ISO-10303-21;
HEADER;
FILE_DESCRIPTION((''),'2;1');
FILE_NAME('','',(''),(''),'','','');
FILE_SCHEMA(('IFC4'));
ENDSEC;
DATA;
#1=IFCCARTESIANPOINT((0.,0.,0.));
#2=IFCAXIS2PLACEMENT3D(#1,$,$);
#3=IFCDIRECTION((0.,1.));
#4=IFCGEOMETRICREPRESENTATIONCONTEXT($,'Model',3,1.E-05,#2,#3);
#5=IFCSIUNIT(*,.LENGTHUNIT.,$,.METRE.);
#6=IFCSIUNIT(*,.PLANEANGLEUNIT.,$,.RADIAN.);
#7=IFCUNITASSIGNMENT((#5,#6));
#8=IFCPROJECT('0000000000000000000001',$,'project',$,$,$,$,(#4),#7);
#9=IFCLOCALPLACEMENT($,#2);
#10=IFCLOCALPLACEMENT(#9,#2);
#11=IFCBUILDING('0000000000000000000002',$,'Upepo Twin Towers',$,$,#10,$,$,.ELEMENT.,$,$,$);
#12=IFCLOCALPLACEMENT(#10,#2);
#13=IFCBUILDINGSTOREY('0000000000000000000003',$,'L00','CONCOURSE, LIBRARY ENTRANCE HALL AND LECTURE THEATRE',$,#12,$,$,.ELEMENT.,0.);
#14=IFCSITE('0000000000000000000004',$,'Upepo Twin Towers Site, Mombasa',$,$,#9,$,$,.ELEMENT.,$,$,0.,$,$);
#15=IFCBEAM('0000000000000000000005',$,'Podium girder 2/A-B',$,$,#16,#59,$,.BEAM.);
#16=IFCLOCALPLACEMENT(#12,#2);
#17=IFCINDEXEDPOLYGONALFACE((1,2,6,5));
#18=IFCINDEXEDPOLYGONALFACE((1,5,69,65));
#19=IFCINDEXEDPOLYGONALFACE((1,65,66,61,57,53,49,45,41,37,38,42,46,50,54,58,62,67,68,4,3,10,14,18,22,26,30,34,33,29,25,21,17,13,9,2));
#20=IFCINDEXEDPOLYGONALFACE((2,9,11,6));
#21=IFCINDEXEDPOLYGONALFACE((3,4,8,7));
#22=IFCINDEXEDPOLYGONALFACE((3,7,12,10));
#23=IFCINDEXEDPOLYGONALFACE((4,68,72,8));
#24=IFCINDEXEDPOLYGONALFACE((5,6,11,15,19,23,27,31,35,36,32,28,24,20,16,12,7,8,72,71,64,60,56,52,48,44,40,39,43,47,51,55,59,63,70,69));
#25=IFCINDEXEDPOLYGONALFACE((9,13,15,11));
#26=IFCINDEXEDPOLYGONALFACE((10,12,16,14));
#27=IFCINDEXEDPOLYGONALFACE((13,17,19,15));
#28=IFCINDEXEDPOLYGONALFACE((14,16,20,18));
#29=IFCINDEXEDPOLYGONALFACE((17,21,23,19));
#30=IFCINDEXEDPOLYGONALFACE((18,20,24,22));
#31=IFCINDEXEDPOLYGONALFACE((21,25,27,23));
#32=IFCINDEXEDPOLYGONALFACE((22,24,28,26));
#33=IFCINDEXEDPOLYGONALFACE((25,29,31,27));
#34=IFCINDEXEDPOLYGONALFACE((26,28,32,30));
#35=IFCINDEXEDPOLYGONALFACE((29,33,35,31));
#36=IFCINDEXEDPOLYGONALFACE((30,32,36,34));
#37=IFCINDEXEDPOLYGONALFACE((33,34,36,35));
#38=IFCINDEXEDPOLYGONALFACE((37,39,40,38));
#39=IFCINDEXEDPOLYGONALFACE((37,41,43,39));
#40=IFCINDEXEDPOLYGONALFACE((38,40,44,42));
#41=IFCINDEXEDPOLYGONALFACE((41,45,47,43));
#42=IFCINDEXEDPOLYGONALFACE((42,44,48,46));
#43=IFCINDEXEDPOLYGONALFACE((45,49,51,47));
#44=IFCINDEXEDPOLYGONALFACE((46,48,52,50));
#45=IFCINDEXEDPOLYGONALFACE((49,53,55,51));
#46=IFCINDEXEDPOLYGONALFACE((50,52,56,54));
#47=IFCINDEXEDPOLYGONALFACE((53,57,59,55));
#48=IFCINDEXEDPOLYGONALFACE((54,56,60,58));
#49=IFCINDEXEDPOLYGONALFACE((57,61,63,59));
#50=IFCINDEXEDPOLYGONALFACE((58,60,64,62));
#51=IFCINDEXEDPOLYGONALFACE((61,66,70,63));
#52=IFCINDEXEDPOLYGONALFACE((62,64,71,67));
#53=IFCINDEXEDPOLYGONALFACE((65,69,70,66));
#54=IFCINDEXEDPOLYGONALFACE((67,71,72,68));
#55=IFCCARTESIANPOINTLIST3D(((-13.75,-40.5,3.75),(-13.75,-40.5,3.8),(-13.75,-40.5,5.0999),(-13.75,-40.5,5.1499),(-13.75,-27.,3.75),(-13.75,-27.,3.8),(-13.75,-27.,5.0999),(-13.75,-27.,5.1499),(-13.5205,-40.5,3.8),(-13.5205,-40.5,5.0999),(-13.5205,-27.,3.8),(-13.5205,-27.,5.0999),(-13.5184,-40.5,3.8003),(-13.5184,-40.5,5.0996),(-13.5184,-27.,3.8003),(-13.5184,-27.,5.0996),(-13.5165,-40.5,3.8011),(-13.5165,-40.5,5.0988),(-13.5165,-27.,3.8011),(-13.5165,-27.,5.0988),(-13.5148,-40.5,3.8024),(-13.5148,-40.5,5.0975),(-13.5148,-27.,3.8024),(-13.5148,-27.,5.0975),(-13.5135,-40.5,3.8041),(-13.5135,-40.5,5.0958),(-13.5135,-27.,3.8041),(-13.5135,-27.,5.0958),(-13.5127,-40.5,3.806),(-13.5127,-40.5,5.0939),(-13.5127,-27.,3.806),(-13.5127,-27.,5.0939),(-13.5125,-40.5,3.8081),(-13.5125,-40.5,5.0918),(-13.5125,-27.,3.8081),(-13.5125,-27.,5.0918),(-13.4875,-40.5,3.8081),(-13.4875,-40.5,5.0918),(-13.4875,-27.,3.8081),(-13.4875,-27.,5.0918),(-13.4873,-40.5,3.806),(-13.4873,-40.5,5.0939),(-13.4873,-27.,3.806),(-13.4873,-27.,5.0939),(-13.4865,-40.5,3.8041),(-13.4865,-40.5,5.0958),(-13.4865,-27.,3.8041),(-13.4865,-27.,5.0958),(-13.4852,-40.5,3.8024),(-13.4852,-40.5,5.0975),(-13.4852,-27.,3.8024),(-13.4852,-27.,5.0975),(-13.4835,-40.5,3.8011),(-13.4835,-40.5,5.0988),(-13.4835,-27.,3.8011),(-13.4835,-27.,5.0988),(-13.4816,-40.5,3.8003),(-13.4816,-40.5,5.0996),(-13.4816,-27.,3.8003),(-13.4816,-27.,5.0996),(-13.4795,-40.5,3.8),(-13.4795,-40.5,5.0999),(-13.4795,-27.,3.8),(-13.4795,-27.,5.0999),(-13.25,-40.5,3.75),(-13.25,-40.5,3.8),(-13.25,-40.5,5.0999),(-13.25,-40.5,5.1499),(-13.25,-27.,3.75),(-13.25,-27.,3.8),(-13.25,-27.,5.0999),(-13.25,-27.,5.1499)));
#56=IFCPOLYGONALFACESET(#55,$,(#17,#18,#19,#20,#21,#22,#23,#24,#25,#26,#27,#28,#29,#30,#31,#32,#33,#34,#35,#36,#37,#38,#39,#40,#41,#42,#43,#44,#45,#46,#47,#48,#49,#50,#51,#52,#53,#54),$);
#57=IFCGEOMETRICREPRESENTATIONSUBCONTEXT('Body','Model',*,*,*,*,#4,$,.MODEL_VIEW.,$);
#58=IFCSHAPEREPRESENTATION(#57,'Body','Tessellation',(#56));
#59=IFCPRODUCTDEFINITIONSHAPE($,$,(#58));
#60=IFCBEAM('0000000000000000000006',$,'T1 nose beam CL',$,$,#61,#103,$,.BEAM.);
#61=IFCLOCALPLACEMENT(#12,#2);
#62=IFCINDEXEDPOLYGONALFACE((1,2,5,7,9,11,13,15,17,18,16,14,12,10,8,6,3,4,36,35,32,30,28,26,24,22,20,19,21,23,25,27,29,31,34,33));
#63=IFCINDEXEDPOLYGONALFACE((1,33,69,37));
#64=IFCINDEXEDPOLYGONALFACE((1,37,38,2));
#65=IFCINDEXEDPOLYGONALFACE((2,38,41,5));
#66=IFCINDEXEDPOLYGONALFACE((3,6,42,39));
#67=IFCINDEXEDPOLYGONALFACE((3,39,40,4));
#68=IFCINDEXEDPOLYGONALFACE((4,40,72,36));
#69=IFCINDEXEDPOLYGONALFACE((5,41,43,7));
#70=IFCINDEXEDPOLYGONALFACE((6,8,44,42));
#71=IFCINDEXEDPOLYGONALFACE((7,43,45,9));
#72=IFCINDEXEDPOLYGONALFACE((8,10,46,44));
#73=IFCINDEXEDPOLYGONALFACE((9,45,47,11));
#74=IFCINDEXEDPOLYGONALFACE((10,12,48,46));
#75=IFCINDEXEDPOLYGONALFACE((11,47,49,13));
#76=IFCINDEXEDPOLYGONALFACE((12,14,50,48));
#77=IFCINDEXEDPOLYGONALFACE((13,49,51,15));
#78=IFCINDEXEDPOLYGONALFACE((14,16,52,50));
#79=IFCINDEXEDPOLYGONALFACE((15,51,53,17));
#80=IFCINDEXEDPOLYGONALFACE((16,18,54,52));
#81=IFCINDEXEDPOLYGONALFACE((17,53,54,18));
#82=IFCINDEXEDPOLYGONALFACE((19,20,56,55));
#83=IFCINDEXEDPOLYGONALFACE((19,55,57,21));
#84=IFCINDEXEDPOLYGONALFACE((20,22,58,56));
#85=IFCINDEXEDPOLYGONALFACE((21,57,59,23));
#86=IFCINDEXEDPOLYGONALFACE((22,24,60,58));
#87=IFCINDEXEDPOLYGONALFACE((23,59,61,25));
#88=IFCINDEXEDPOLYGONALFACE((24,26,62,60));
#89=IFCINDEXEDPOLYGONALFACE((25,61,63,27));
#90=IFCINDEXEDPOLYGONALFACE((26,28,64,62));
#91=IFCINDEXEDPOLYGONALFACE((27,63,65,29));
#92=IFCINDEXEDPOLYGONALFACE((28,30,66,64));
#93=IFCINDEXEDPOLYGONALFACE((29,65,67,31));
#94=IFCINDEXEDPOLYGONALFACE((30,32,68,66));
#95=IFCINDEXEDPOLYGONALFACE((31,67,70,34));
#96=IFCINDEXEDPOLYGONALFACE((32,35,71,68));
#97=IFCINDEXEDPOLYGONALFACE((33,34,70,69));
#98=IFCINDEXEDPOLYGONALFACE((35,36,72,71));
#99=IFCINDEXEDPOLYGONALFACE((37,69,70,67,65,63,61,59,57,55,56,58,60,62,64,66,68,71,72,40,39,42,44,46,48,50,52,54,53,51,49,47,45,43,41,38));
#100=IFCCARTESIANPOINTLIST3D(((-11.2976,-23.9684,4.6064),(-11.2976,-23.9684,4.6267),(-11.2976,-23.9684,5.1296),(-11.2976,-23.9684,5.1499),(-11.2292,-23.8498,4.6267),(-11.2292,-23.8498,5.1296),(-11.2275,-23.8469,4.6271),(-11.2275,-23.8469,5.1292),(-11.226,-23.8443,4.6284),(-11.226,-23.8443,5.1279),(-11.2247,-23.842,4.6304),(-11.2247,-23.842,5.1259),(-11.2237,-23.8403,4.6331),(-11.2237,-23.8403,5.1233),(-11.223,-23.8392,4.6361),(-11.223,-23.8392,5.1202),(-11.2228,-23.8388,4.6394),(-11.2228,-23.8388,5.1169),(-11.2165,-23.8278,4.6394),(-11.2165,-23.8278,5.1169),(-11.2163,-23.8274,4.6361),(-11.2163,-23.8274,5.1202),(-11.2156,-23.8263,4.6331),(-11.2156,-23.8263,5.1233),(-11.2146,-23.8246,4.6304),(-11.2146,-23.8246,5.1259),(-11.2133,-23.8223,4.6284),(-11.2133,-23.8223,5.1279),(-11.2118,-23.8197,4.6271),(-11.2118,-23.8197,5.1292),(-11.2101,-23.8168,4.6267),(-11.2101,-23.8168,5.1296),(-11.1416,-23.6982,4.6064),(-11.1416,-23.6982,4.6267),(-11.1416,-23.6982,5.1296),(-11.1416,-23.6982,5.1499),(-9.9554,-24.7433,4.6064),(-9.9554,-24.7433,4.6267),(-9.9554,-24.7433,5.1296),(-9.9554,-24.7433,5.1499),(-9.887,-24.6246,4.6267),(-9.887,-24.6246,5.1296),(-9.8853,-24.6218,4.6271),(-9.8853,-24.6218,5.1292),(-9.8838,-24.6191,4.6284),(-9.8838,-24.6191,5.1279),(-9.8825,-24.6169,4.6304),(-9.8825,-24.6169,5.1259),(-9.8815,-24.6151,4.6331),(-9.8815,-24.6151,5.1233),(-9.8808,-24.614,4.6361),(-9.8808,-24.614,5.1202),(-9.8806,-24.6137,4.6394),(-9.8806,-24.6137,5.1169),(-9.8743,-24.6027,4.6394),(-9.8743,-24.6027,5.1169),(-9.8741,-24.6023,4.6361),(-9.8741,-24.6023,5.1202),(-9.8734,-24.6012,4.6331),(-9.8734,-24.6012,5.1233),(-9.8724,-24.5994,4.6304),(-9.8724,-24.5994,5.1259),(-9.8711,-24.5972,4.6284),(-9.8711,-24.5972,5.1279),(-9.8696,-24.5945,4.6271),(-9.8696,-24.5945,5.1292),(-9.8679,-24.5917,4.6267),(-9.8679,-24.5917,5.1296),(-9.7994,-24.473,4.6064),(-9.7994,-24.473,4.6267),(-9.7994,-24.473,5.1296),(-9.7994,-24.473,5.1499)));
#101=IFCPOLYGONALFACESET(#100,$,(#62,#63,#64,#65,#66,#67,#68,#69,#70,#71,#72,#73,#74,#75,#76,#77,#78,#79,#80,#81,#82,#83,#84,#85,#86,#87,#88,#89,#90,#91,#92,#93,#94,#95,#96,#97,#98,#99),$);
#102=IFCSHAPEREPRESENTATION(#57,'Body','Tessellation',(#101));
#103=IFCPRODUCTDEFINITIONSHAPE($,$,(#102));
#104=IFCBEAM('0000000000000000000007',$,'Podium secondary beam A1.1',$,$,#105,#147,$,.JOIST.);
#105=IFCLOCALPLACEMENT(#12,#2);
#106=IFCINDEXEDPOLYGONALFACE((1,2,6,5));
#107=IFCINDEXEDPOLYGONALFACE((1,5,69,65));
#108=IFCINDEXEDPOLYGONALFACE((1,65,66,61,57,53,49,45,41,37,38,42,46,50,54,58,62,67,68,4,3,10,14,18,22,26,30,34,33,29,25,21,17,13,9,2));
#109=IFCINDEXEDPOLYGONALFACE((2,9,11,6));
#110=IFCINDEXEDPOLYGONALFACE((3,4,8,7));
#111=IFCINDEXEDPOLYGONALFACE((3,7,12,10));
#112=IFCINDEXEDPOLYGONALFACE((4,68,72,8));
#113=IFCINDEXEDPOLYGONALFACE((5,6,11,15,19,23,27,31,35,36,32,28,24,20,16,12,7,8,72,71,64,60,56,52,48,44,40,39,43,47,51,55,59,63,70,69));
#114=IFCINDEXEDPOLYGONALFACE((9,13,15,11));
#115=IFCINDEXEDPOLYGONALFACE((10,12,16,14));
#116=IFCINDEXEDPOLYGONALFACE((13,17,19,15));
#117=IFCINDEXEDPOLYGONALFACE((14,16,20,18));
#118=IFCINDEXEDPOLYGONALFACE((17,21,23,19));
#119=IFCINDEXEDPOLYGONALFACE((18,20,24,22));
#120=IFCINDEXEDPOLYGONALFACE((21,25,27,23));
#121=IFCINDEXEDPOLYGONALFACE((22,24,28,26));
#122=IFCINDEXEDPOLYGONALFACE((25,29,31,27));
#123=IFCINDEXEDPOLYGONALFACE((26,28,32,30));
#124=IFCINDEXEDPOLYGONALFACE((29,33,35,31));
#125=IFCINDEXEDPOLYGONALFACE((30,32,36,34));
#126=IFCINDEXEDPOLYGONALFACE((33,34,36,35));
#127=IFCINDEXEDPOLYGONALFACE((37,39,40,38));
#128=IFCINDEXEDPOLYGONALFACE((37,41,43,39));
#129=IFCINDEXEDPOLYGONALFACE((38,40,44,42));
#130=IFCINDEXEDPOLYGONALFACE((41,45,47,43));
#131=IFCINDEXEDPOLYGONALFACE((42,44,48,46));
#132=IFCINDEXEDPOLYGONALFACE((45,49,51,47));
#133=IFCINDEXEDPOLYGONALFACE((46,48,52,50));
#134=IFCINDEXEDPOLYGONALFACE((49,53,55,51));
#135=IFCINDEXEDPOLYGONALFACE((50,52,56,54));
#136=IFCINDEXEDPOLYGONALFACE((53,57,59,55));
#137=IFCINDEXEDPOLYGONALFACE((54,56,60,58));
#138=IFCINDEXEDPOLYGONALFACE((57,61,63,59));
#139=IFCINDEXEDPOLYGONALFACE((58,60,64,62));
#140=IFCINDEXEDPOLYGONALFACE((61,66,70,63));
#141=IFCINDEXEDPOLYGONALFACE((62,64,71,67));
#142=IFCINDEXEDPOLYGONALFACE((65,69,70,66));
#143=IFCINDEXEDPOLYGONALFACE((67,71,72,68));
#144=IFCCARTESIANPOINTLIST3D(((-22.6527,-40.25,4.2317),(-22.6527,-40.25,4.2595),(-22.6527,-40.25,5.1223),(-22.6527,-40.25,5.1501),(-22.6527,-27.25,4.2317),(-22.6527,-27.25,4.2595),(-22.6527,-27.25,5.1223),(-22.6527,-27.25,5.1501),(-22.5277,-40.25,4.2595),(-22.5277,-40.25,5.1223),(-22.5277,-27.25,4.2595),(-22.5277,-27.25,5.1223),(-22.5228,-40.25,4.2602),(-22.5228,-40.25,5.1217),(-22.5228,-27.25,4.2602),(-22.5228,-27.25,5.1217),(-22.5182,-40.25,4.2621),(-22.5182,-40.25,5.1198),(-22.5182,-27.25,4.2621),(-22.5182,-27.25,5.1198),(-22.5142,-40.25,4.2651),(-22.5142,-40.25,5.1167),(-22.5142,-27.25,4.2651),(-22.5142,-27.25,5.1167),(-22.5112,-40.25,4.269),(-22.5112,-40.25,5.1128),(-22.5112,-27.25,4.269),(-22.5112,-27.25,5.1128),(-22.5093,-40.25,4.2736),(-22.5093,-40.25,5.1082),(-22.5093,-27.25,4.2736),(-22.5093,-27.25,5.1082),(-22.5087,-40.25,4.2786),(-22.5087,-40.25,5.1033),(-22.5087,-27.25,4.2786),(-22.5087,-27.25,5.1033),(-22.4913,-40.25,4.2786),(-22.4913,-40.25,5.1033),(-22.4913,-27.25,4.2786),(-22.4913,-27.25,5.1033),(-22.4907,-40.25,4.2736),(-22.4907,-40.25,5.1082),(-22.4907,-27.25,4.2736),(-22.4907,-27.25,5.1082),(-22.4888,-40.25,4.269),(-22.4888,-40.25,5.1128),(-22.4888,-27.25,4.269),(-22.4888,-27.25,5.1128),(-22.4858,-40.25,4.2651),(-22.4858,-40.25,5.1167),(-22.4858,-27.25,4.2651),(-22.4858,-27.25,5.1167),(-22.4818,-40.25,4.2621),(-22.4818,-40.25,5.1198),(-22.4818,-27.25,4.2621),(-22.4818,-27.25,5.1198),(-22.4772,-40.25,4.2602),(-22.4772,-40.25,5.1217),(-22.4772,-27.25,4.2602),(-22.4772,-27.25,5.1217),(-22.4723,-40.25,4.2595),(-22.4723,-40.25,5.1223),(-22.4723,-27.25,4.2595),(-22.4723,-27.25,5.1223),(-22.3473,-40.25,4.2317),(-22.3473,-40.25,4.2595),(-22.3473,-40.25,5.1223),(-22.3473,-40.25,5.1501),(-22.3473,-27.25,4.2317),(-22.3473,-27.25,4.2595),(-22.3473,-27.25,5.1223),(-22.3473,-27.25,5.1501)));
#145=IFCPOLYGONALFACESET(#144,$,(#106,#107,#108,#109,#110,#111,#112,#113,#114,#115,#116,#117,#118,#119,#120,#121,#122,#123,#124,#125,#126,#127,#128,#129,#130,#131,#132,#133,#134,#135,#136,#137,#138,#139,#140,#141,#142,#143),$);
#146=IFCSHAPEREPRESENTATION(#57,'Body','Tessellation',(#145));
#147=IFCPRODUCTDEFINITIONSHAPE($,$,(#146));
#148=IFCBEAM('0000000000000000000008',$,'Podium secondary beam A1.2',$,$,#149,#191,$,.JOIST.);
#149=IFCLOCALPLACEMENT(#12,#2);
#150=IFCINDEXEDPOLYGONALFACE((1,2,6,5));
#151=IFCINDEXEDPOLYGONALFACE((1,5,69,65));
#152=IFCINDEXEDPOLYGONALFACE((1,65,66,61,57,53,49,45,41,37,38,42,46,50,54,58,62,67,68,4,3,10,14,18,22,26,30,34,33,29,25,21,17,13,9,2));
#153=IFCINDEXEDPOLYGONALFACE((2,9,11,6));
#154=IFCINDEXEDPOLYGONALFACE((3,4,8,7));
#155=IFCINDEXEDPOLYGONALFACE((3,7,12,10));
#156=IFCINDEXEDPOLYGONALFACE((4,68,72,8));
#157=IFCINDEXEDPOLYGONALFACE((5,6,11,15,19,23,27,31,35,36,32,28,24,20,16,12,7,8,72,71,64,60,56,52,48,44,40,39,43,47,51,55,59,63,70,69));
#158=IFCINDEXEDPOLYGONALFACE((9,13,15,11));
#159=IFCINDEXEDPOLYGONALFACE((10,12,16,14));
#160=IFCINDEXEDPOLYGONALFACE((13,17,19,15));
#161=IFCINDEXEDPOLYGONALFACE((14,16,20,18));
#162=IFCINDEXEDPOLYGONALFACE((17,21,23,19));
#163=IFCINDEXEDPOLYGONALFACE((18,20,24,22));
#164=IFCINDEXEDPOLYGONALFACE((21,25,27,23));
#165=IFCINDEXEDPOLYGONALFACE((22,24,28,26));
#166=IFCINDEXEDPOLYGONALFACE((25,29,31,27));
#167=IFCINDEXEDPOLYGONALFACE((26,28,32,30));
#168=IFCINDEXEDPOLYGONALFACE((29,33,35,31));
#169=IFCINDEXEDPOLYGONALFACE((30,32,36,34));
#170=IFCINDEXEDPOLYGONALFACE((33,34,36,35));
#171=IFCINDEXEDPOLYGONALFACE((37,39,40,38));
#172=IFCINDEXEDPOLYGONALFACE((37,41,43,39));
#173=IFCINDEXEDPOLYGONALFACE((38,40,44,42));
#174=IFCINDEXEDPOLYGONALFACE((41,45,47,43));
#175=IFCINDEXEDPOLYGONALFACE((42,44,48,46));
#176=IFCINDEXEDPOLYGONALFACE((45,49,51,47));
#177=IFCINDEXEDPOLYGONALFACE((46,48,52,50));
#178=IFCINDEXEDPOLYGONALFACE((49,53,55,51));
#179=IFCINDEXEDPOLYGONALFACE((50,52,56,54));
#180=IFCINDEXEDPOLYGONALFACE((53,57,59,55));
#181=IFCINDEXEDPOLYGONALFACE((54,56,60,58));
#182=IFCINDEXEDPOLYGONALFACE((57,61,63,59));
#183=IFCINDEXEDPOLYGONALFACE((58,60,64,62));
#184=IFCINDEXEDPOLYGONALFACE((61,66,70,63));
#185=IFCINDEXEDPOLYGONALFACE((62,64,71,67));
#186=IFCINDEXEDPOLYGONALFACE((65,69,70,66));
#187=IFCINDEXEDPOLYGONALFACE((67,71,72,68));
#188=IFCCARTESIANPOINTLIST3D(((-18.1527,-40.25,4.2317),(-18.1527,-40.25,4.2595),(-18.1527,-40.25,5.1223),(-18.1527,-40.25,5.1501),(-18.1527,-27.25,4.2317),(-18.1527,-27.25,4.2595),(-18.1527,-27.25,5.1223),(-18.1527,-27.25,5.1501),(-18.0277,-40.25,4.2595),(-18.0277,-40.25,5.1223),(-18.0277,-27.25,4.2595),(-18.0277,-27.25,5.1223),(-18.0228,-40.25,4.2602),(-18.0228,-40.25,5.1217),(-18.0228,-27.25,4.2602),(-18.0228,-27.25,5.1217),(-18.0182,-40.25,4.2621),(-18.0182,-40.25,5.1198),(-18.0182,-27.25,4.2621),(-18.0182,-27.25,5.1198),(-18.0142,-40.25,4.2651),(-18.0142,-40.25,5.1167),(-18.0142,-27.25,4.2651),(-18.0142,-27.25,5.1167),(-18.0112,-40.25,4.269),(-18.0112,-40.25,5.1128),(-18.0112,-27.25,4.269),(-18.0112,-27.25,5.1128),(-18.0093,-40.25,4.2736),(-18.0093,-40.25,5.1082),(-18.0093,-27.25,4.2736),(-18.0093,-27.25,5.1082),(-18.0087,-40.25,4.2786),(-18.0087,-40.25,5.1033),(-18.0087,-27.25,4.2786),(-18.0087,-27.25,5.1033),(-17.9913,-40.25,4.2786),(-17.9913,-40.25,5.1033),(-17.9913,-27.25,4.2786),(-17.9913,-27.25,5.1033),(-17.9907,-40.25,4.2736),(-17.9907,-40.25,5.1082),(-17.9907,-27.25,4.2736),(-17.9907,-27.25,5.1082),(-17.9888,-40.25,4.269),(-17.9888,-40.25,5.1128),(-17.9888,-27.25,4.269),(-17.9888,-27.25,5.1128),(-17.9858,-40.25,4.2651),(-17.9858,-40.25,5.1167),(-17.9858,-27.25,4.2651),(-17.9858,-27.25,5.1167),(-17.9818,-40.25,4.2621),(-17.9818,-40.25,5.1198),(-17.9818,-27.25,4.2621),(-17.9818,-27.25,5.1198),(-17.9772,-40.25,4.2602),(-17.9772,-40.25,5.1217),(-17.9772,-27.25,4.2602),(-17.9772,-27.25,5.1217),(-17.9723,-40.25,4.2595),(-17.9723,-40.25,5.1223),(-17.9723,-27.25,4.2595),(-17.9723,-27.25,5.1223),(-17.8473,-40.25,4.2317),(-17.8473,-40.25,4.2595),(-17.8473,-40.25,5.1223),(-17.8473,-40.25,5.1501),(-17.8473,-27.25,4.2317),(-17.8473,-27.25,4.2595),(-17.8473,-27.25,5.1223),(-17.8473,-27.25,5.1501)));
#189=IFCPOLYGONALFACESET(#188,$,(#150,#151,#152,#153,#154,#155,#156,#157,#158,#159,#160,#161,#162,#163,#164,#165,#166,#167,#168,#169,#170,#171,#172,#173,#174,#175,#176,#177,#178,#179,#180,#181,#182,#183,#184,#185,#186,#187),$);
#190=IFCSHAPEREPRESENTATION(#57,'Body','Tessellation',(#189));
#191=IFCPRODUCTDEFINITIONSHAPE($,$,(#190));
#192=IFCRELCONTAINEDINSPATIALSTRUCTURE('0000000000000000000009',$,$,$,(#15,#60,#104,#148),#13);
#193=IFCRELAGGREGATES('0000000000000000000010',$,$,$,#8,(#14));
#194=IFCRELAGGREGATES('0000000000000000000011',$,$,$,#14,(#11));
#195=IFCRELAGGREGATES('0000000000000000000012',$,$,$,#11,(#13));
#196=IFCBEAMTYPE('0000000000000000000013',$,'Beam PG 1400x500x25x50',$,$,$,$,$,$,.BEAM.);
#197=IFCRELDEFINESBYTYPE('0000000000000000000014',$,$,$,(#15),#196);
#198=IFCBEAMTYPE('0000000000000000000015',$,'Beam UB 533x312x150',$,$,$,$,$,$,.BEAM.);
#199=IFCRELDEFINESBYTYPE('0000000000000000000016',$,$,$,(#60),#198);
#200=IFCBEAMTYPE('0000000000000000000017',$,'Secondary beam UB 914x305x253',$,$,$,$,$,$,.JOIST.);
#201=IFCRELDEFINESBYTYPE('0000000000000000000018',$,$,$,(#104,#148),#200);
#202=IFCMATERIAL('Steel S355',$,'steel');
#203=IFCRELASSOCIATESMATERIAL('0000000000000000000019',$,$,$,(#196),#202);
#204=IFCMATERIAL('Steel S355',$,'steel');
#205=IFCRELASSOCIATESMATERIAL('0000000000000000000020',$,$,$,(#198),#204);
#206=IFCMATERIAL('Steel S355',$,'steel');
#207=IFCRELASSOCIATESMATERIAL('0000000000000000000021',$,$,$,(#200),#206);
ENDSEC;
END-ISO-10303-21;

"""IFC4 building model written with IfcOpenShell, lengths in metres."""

from ifc_helpers import new_model, si_unit, direction, frame, origin, origin_2d, place, context, subcontext, project, spatial, i_section, extrude, material, material_profile, profile_set, type_object, element, save


model = new_model("IFC4")

# Units and contexts
model_context = context("Model", 3, precision=1e-05, world=origin(), true_north=direction((0.0, 1.0)))
body_context = subcontext(model_context, "Body", "Model", "MODEL_VIEW")
ifc_project = project(units=[si_unit("LENGTHUNIT", "METRE"), si_unit("PLANEANGLEUNIT", "RADIAN")], contexts=[model_context])

# Site, building, storey
site_placement = place(None, origin())
site = spatial("IfcSite", under=ifc_project, at=site_placement, Name="Upepo Twin Towers Site, Mombasa", CompositionType="ELEMENT", RefElevation=0.0)
building_placement = place(site_placement, origin())
building = spatial("IfcBuilding", under=site, at=building_placement, Name="Upepo Twin Towers", CompositionType="ELEMENT")
storey_placement = place(building_placement, origin())
storey = spatial("IfcBuildingStorey", under=building, at=storey_placement, Name="L00", Description="CONCOURSE, LIBRARY ENTRANCE HALL AND LECTURE THEATRE", CompositionType="ELEMENT", Elevation=0.0)

# Beams
ifc_material_1 = material(Name="Steel S355", Category="steel")
ifc_material_profile_1 = material_profile(ifc_material_1, i_section(OverallWidth=0.5, OverallDepth=1.3999, WebThickness=0.0249, FlangeThickness=0.05, FilletRadius=0.0081, at=origin_2d()), Name="PG 1400x500x25x50")
ifc_profile_set_1 = profile_set([ifc_material_profile_1], Name="Steel S355")
beam_type_1 = type_object("IfcBeamType", Name="Beam PG 1400x500x25x50", PredefinedType="BEAM", material=ifc_profile_set_1)
for number, where, z_axis, x_axis, name in (
    (1, (-13.5, -40.5, 4.45), (0.0, 1.0, 0.0), (-1.0, 0.0, 0.0), "Podium girder 2/A-B"),
):
    element("IfcBeam", number, at=place(storey_placement, frame(where, z_axis=z_axis, x_axis=x_axis)), inside=storey, type_object=beam_type_1, Name=name, PredefinedType="BEAM", context=body_context, shape_type="SweptSolid", body=[
        extrude(i_section(OverallWidth=0.5, OverallDepth=1.3999, WebThickness=0.0249, FlangeThickness=0.05, FilletRadius=0.0081, at=origin_2d()), origin(), (0.0, 0.0, 1.0), 13.5),
    ])
ifc_material_2 = material(Name="Steel S355", Category="steel")
ifc_material_profile_2 = material_profile(ifc_material_2, i_section(OverallWidth=0.312, OverallDepth=0.5435, WebThickness=0.0127, FlangeThickness=0.0203, FilletRadius=0.0127, at=origin_2d()), Name="UB 533x312x150")
ifc_profile_set_2 = profile_set([ifc_material_profile_2], Name="Steel S355")
beam_type_2 = type_object("IfcBeamType", Name="Beam UB 533x312x150", PredefinedType="BEAM", material=ifc_profile_set_2)
beam_placement = place(storey_placement, frame((-9.8774, -24.6082, 4.8782), z_axis=(-0.866044, 0.499968, 0.0), x_axis=(-0.499968, -0.866044, 0.0)))
element("IfcBeam", 2, at=beam_placement, inside=storey, type_object=beam_type_2, Name="T1 nose beam CL", PredefinedType="BEAM", context=body_context, shape_type="SweptSolid", body=[
    extrude(i_section(OverallWidth=0.312, OverallDepth=0.5435, WebThickness=0.0127, FlangeThickness=0.0203, FilletRadius=0.0127, at=origin_2d()), origin(), (0.0, 0.0, 1.0), 1.5498),
])
ifc_material_3 = material(Name="Steel S355", Category="steel")
ifc_material_profile_3 = material_profile(ifc_material_3, i_section(OverallWidth=0.3054, OverallDepth=0.9185, WebThickness=0.0173, FlangeThickness=0.0278, FilletRadius=0.019, at=origin_2d()), Name="UB 914x305x253")
ifc_profile_set_3 = profile_set([ifc_material_profile_3], Name="Steel S355")
beam_type_3 = type_object("IfcBeamType", Name="Secondary beam UB 914x305x253", PredefinedType="JOIST", material=ifc_profile_set_3)
for number, where, z_axis, x_axis, name in (
    (3, (-22.5, -40.25, 4.6909), (0.0, 1.0, 0.0), (-1.0, 0.0, 0.0), "Podium secondary beam A1.1"),
    (4, (-18.0, -40.25, 4.6909), (0.0, 1.0, 0.0), (-1.0, 0.0, 0.0), "Podium secondary beam A1.2"),
):
    element("IfcBeam", number, at=place(storey_placement, frame(where, z_axis=z_axis, x_axis=x_axis)), inside=storey, type_object=beam_type_3, Name=name, PredefinedType="JOIST", context=body_context, shape_type="SweptSolid", body=[
        extrude(i_section(OverallWidth=0.3054, OverallDepth=0.9185, WebThickness=0.0173, FlangeThickness=0.0278, FilletRadius=0.019, at=origin_2d()), origin(), (0.0, 0.0, 1.0), 13.0),
    ])

save(model, "model.ifc")
